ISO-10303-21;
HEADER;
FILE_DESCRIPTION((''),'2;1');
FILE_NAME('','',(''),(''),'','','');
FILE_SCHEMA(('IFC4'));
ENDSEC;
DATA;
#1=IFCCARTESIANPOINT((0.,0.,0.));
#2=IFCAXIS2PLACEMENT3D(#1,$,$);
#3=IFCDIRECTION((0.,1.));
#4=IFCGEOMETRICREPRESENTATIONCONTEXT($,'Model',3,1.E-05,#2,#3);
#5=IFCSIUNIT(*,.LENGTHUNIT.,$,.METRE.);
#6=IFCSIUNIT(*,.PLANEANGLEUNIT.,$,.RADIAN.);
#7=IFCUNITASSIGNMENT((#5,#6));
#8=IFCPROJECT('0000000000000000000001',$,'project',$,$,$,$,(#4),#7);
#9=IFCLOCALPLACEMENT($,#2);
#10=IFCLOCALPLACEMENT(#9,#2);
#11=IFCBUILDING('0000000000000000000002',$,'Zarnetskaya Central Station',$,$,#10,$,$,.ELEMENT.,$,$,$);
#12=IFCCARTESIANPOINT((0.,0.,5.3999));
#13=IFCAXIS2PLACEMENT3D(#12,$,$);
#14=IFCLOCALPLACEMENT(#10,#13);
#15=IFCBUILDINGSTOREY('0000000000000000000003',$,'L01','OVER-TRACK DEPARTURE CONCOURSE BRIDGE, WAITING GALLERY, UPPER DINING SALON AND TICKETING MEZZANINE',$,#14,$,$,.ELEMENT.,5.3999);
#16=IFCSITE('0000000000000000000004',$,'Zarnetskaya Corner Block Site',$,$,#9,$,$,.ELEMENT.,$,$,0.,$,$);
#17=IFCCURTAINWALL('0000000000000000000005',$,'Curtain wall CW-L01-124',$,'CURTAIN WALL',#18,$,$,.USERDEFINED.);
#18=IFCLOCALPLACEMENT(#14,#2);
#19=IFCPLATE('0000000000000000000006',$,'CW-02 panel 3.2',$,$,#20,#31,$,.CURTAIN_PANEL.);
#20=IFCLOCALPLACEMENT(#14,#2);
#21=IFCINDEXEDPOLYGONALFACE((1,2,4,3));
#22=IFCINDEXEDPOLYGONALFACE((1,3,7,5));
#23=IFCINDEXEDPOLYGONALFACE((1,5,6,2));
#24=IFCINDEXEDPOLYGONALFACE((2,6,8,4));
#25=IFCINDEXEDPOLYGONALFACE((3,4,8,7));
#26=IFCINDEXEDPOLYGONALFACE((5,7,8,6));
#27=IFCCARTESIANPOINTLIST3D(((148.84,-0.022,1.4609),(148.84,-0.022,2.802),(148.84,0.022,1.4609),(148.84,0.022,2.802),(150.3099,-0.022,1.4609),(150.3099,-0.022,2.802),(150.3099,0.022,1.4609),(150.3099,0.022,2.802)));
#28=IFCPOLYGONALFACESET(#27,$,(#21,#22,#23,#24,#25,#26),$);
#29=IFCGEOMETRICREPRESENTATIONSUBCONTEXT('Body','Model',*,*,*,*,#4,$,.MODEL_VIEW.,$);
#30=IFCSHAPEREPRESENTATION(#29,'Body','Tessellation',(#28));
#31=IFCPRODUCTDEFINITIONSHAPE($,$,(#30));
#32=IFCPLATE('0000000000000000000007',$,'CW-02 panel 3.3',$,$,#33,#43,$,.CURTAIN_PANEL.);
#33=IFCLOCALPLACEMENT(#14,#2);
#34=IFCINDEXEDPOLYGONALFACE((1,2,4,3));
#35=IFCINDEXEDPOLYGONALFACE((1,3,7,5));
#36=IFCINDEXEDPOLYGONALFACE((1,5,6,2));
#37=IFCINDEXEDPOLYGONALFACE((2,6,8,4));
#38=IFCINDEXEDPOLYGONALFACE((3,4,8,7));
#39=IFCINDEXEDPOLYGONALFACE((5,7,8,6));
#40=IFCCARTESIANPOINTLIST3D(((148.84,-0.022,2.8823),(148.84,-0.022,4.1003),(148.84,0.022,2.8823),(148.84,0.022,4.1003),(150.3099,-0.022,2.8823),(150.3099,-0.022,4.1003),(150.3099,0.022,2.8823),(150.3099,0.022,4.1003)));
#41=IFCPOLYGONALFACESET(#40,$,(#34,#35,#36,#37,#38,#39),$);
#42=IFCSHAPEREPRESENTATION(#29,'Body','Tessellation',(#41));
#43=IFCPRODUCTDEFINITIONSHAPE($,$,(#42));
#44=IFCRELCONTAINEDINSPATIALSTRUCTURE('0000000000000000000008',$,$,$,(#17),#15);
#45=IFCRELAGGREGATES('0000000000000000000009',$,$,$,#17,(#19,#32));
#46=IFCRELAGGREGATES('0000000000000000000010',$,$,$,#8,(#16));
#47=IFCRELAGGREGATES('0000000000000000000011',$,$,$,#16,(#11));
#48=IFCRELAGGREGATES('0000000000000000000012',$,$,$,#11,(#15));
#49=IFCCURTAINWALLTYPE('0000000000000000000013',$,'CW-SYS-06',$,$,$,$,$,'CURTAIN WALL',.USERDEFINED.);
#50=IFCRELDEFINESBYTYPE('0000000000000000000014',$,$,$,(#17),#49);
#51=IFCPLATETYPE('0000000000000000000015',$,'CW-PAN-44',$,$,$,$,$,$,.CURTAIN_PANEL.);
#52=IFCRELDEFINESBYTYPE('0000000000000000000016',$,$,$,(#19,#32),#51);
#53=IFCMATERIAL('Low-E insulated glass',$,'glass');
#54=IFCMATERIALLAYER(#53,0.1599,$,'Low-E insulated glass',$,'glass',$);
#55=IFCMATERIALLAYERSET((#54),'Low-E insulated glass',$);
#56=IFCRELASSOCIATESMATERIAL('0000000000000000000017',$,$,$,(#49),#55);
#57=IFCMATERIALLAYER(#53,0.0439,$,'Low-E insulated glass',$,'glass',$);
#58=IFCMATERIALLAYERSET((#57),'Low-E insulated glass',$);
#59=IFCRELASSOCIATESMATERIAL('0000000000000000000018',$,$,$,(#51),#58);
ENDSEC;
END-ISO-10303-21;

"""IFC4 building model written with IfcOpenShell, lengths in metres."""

from ifc_helpers import new_model, si_unit, direction, frame, origin, origin_2d, place, context, subcontext, project, spatial, rectangle, extrude, material, layer, layer_set, type_object, element, aggregate, save


model = new_model("IFC4")

# Units and contexts
model_context = context("Model", 3, precision=1e-05, world=origin(), true_north=direction((0.0, 1.0)))
body_context = subcontext(model_context, "Body", "Model", "MODEL_VIEW")
ifc_project = project(units=[si_unit("LENGTHUNIT", "METRE"), si_unit("PLANEANGLEUNIT", "RADIAN")], contexts=[model_context])

# Site, building, storey
site_placement = place(None, origin())
site = spatial("IfcSite", under=ifc_project, at=site_placement, Name="Zarnetskaya Corner Block Site", CompositionType="ELEMENT", RefElevation=0.0)
building_placement = place(site_placement, origin())
building = spatial("IfcBuilding", under=site, at=building_placement, Name="Zarnetskaya Central Station", CompositionType="ELEMENT")
storey_placement = place(building_placement, frame((0.0, 0.0, 5.3999)))
storey = spatial("IfcBuildingStorey", under=building, at=storey_placement, Name="L01", Description="OVER-TRACK DEPARTURE CONCOURSE BRIDGE, WAITING GALLERY, UPPER DINING SALON AND TICKETING MEZZANINE", CompositionType="ELEMENT", Elevation=5.3999)

# Shared definitions
ifc_material_1 = material(Name="Low-E insulated glass", Category="glass")
ifc_layer_1 = layer(ifc_material_1, 0.1599, Name="Low-E insulated glass", Category="glass")
ifc_layer_set_1 = layer_set([ifc_layer_1], Name="Low-E insulated glass")
curtain_wall_type = type_object("IfcCurtainWallType", Name="CW-SYS-06", ElementType="CURTAIN WALL", PredefinedType="USERDEFINED", material=ifc_layer_set_1)

# Curtain wall
curtain_wall_1_placement = place(storey_placement, origin())
curtain_wall_1 = element("IfcCurtainWall", 1, at=curtain_wall_1_placement, inside=storey, type_object=curtain_wall_type, Name="Curtain wall CW-L01-124", ObjectType="CURTAIN WALL", PredefinedType="USERDEFINED")

# Plates
ifc_layer_2 = layer(ifc_material_1, 0.0439, Name="Low-E insulated glass", Category="glass")
ifc_layer_set_2 = layer_set([ifc_layer_2], Name="Low-E insulated glass")
plate_type_1 = type_object("IfcPlateType", Name="CW-PAN-44", PredefinedType="CURTAIN_PANEL", material=ifc_layer_set_2)
plate_1_placement = place(storey_placement, frame((149.575, 0.0, 1.4609), z_axis=(0.0, 0.0, 1.0), x_axis=(-1.0, 0.0, 0.0)))
plate_1 = element("IfcPlate", 2, at=plate_1_placement, type_object=plate_type_1, Name="CW-02 panel 3.2", PredefinedType="CURTAIN_PANEL", context=body_context, shape_type="SweptSolid", body=[
    extrude(rectangle(XDim=1.47, YDim=0.0439, at=origin_2d()), origin(), (0.0, 0.0, 1.0), 1.3411),
])
plate_2_placement = place(storey_placement, frame((149.575, 0.0, 2.8823), z_axis=(0.0, 0.0, 1.0), x_axis=(-1.0, 0.0, 0.0)))
plate_2 = element("IfcPlate", 3, at=plate_2_placement, type_object=plate_type_1, Name="CW-02 panel 3.3", PredefinedType="CURTAIN_PANEL", context=body_context, shape_type="SweptSolid", body=[
    extrude(rectangle(XDim=1.47, YDim=0.0439, at=origin_2d()), origin(), (0.0, 0.0, 1.0), 1.218),
])
aggregate(curtain_wall_1, [plate_1, plate_2])

save(model, "model.ifc")
